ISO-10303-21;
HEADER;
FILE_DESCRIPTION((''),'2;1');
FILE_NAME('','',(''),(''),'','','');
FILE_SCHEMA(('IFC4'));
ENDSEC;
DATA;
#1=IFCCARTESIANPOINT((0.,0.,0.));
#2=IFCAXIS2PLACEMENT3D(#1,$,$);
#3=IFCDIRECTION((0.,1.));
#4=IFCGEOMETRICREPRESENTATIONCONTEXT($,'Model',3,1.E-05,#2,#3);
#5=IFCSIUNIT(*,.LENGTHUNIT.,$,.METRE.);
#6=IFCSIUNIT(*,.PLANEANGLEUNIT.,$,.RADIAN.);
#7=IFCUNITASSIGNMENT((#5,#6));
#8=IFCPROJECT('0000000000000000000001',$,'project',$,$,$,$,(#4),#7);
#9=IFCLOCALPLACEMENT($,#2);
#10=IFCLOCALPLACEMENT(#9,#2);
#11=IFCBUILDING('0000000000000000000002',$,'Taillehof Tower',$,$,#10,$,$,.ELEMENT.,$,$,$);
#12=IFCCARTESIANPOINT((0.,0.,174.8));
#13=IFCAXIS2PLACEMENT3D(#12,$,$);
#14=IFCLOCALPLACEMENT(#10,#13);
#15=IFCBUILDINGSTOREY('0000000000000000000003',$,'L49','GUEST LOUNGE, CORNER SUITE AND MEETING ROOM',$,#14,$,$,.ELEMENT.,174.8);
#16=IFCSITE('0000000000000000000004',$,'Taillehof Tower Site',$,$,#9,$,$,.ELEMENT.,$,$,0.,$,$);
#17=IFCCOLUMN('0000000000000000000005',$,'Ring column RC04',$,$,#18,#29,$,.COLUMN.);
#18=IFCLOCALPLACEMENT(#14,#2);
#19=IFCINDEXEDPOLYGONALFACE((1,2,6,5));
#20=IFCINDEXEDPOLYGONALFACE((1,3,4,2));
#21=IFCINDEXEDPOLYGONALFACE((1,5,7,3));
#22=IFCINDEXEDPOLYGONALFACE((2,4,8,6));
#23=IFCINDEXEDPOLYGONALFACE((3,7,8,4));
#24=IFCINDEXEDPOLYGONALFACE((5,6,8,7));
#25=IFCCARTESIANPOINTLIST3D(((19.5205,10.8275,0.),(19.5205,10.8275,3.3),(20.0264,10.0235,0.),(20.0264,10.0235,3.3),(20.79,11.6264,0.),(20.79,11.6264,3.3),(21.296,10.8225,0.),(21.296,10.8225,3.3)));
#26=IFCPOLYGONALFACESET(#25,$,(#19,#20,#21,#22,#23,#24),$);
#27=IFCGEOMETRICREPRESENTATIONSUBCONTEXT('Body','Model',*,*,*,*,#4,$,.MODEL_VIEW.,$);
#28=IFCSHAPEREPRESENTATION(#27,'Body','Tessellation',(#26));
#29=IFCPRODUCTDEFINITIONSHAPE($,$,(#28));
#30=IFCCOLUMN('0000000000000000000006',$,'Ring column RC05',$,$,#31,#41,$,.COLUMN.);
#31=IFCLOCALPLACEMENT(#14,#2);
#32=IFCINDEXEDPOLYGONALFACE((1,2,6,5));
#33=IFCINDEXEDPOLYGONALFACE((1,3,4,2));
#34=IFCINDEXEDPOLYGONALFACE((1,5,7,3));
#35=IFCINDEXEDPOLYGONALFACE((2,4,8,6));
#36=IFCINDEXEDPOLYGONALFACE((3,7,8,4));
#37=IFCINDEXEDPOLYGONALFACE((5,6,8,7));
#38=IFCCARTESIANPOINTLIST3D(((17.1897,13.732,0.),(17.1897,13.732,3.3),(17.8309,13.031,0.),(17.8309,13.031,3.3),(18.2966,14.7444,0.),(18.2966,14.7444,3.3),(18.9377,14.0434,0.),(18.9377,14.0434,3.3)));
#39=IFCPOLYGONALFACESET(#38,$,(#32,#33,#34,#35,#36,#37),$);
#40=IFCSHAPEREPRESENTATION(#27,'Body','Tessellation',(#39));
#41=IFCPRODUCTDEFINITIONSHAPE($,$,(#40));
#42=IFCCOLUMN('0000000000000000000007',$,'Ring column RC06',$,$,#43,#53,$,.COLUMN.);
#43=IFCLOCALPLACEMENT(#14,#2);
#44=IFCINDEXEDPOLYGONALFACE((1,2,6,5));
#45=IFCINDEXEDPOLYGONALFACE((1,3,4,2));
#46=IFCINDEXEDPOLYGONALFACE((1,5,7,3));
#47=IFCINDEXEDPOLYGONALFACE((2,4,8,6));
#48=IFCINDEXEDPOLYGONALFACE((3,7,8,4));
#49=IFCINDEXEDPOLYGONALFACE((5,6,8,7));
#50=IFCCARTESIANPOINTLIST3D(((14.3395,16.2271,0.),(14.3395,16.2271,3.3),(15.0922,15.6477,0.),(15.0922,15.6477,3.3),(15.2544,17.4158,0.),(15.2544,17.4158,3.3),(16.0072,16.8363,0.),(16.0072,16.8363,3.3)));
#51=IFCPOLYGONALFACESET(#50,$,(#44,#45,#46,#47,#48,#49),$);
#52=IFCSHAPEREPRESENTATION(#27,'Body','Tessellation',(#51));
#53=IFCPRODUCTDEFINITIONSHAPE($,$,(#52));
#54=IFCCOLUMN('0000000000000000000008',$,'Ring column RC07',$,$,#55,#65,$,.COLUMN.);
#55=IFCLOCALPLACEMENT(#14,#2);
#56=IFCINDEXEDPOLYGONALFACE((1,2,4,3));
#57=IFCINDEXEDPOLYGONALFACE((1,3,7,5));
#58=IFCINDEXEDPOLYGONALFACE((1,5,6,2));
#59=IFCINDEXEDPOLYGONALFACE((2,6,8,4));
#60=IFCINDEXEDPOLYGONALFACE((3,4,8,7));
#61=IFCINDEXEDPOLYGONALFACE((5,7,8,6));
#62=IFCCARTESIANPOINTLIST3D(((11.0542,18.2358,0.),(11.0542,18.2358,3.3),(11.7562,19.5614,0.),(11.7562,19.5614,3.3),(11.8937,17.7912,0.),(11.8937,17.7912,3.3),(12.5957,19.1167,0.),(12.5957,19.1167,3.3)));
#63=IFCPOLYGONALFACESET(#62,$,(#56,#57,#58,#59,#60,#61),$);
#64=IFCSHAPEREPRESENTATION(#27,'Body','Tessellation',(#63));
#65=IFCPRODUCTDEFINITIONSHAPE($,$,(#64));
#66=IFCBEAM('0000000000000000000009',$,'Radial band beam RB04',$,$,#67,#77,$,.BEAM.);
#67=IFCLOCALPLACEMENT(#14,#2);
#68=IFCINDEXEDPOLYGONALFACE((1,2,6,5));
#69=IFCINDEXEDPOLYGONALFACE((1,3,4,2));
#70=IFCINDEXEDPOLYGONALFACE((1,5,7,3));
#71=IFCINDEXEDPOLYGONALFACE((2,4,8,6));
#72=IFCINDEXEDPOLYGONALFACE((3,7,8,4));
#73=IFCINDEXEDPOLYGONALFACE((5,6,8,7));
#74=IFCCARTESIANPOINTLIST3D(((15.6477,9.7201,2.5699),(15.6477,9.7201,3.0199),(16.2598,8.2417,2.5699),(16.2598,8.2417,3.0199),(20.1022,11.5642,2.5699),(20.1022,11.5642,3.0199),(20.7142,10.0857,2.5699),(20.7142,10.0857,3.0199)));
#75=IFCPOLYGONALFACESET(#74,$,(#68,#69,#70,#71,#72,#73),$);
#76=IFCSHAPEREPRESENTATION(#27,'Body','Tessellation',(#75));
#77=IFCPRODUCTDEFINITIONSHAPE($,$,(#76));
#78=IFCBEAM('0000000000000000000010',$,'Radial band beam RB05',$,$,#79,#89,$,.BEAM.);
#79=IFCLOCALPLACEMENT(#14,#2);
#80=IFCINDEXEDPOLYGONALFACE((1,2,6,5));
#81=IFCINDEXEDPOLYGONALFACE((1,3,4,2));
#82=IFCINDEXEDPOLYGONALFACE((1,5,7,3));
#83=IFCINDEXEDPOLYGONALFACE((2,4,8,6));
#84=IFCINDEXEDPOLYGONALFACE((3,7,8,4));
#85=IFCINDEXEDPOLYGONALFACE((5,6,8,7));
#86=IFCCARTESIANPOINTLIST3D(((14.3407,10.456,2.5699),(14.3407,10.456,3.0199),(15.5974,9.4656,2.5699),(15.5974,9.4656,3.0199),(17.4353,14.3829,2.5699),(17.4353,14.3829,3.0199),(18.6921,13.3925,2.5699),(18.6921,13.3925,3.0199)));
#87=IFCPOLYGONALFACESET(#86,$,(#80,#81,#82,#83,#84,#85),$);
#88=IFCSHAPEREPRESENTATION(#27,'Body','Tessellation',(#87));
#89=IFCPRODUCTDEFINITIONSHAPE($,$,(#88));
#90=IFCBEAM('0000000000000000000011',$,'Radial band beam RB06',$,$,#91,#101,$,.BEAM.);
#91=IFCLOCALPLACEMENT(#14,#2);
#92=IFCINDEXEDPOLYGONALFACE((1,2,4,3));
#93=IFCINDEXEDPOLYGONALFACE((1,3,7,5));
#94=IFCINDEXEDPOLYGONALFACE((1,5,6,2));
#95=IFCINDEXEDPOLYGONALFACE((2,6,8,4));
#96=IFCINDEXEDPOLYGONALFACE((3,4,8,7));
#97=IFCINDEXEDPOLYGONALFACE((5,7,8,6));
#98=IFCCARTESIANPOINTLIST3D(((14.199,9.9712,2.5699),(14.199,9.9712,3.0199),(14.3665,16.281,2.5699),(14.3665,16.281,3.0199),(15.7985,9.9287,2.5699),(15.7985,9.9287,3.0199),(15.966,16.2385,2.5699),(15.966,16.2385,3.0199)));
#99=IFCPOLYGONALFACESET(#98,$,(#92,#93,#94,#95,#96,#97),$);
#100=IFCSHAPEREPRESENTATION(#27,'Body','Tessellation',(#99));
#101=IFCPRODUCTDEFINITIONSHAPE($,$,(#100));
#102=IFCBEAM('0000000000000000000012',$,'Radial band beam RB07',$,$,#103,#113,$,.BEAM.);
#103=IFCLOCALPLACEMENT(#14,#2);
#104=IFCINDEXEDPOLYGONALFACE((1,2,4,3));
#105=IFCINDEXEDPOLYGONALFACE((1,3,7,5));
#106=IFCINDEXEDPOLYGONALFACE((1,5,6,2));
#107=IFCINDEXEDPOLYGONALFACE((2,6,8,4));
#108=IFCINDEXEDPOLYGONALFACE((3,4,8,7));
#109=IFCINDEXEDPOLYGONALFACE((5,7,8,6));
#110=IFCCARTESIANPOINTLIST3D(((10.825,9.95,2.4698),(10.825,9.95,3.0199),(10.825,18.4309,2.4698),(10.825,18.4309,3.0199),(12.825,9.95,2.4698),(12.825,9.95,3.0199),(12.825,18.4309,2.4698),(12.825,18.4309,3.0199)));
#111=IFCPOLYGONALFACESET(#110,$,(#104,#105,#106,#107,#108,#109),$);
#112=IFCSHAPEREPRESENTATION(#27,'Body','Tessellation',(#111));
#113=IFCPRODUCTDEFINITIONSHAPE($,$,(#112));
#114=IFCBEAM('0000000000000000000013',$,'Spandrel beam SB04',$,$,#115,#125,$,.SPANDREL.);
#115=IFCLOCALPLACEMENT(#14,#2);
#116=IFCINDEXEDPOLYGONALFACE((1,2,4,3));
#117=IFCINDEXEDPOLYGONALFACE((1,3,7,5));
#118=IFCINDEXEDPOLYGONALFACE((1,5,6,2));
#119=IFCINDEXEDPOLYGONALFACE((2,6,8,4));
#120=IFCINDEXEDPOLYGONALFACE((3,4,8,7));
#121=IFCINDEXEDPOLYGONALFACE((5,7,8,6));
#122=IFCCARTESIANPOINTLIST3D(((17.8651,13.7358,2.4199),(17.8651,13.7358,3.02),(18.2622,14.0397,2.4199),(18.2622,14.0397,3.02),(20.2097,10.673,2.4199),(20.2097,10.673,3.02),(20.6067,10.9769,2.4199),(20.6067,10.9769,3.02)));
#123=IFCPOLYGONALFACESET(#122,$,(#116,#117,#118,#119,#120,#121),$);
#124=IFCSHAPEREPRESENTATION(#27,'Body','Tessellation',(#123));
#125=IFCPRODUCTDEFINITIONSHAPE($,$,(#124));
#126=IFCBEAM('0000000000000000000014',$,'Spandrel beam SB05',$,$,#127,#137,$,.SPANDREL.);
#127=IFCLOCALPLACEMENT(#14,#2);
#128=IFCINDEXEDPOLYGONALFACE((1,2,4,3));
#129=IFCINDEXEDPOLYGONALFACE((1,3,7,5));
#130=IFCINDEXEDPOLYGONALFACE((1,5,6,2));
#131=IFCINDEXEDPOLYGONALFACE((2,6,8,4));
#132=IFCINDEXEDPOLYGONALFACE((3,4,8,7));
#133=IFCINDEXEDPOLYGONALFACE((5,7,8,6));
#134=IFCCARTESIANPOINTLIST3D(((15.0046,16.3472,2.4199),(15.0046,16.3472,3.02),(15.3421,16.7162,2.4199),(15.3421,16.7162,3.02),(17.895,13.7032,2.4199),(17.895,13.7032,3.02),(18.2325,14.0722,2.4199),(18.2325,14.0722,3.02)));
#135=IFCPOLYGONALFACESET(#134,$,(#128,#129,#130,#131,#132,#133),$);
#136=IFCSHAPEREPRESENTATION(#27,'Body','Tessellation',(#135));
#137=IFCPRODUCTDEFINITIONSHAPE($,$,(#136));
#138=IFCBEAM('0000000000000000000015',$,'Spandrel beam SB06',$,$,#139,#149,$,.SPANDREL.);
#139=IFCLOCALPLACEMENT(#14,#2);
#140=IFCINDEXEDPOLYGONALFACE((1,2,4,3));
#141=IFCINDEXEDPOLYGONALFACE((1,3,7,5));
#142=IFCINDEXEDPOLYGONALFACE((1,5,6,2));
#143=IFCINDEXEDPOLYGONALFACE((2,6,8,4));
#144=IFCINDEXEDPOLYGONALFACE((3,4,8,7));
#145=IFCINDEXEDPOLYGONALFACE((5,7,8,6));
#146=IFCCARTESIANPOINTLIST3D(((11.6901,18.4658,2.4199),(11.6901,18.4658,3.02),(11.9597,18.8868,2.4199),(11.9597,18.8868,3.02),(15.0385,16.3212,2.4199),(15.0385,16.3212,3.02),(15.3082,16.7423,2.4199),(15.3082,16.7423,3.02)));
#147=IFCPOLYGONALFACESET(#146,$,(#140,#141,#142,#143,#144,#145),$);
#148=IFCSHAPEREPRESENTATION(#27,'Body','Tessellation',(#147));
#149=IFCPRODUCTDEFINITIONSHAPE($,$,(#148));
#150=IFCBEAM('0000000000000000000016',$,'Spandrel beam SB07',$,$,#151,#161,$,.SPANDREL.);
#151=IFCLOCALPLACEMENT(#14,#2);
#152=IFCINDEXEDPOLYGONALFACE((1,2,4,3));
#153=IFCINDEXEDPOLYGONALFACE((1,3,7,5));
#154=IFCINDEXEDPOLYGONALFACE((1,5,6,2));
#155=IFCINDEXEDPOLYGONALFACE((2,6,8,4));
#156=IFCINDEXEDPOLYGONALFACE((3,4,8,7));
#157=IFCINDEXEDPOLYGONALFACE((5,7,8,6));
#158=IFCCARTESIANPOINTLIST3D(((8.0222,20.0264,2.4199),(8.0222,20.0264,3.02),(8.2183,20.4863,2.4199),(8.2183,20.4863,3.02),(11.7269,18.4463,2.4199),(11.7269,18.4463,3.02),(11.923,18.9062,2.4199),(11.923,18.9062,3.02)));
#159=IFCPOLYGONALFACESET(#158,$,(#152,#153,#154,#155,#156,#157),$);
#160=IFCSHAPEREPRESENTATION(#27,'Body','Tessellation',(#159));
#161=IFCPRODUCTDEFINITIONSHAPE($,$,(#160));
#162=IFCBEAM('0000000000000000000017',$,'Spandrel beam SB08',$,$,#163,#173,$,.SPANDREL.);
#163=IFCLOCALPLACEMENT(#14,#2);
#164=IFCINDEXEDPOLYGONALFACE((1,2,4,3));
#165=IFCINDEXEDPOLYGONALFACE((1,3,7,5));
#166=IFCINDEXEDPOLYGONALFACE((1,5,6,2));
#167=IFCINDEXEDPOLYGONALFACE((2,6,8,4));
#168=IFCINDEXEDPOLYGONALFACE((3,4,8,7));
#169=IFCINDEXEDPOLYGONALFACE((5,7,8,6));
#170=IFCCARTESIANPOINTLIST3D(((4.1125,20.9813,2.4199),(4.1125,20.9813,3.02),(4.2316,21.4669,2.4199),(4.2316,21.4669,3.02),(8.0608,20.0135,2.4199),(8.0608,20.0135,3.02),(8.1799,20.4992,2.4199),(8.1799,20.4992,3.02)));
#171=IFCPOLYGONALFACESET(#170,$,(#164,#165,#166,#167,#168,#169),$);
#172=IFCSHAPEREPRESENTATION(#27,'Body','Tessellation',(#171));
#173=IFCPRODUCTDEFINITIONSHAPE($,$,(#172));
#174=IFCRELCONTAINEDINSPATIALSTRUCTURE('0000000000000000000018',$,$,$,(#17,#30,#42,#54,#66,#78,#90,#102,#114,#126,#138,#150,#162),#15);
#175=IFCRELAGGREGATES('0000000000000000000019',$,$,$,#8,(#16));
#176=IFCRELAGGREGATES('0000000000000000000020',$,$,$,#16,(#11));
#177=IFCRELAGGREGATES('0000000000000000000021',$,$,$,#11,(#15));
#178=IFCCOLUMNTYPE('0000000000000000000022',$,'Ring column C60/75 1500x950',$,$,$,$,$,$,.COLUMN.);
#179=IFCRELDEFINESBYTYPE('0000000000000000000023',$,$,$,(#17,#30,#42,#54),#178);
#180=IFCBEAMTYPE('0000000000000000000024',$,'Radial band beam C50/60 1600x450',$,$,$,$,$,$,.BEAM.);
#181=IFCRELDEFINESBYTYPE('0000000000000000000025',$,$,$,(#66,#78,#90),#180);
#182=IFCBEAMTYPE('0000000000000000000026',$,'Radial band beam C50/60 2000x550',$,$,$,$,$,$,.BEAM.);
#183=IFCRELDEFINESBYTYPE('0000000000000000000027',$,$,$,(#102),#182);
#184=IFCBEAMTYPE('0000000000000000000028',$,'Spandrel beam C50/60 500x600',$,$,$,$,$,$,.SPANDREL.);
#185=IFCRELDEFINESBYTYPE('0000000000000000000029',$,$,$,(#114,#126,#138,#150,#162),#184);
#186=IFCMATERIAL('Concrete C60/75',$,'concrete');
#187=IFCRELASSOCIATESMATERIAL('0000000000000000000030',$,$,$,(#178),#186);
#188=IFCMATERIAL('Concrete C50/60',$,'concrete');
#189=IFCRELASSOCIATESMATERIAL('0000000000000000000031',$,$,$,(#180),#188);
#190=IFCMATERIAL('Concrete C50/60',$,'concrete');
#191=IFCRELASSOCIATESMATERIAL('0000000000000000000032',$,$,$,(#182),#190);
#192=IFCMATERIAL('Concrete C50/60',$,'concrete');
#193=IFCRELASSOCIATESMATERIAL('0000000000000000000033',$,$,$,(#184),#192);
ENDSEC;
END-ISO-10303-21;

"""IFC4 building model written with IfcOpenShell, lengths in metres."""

from ifc_helpers import new_model, si_unit, direction, frame, origin, origin_2d, place, context, subcontext, project, spatial, rectangle, extrude, material, material_profile, profile_set, type_object, element, save


model = new_model("IFC4")

# Units and contexts
model_context = context("Model", 3, precision=1e-05, world=origin(), true_north=direction((0.0, 1.0)))
body_context = subcontext(model_context, "Body", "Model", "MODEL_VIEW")
ifc_project = project(units=[si_unit("LENGTHUNIT", "METRE"), si_unit("PLANEANGLEUNIT", "RADIAN")], contexts=[model_context])

# Site, building, storey
site_placement = place(None, origin())
site = spatial("IfcSite", under=ifc_project, at=site_placement, Name="Taillehof Tower Site", CompositionType="ELEMENT", RefElevation=0.0)
building_placement = place(site_placement, origin())
building = spatial("IfcBuilding", under=site, at=building_placement, Name="Taillehof Tower", CompositionType="ELEMENT")
storey_placement = place(building_placement, frame((0.0, 0.0, 174.8)))
storey = spatial("IfcBuildingStorey", under=building, at=storey_placement, Name="L49", Description="GUEST LOUNGE, CORNER SUITE AND MEETING ROOM", CompositionType="ELEMENT", Elevation=174.8)

# Columns
ifc_material_1 = material(Name="Concrete C60/75", Category="concrete")
ifc_material_profile_1 = material_profile(ifc_material_1, rectangle(XDim=1.5, YDim=0.95, at=origin_2d()), Name="RC 1500x950")
ifc_profile_set_1 = profile_set([ifc_material_profile_1], Name="Concrete C60/75")
column_type = type_object("IfcColumnType", Name="Ring column C60/75 1500x950", PredefinedType="COLUMN", material=ifc_profile_set_1)
for number, where, z_axis, x_axis, name in (
    (1, (20.4082, 10.825, 0.0), (0.0, 0.0, 1.0), (0.846334, 0.532652, 0.0), "Ring column RC04"),
    (2, (18.0637, 13.8877, 0.0), (0.0, 0.0, 1.0), (0.737879, 0.674933, 0.0), "Ring column RC05"),
    (3, (15.1733, 16.5317, 0.0), (0.0, 0.0, 1.0), (0.609971, 0.792424, 0.0), "Ring column RC06"),
    (4, (11.825, 18.6763, 0.0), (0.0, 0.0, 1.0), (0.468042, 0.883706, 0.0), "Ring column RC07"),
):
    element("IfcColumn", number, at=place(storey_placement, frame(where, z_axis=z_axis, x_axis=x_axis)), inside=storey, type_object=column_type, Name=name, PredefinedType="COLUMN", context=body_context, shape_type="SweptSolid", body=[
        extrude(rectangle(XDim=1.5, YDim=0.95, at=origin_2d()), origin(), (0.0, 0.0, 1.0), 3.3),
    ])

# Beams
ifc_material_2 = material(Name="Concrete C50/60", Category="concrete")
ifc_material_profile_2 = material_profile(ifc_material_2, rectangle(XDim=1.6001, YDim=0.45, at=origin_2d()), Name="RC 1600x450")
ifc_profile_set_2 = profile_set([ifc_material_profile_2], Name="Concrete C50/60")
beam_type_1 = type_object("IfcBeamType", Name="Radial band beam C50/60 1600x450", PredefinedType="BEAM", material=ifc_profile_set_2)
beam_1_placement = place(storey_placement, frame((20.4082, 10.825, 2.7949), z_axis=(-0.923957, -0.382496, 0.0), x_axis=(0.382496, -0.923957, 0.0)))
element("IfcBeam", 5, at=beam_1_placement, inside=storey, type_object=beam_type_1, Name="Radial band beam RB04", PredefinedType="BEAM", context=body_context, shape_type="SweptSolid", body=[
    extrude(rectangle(XDim=1.6001, YDim=0.45, at=origin_2d()), origin(), (0.0, 0.0, 1.0), 4.821),
])
beam_2_placement = place(storey_placement, frame((18.0637, 13.8877, 2.7949), z_axis=(-0.618962, -0.785421, 0.0), x_axis=(0.785421, -0.618962, 0.0)))
element("IfcBeam", 6, at=beam_2_placement, inside=storey, type_object=beam_type_1, Name="Radial band beam RB05", PredefinedType="BEAM", context=body_context, shape_type="SweptSolid", body=[
    extrude(rectangle(XDim=1.6001, YDim=0.45, at=origin_2d()), origin(), (0.0, 0.0, 1.0), 4.9998),
])
beam_3_placement = place(storey_placement, frame((15.1663, 16.2598, 2.7949), z_axis=(-0.026534, -0.999648, 0.0), x_axis=(0.999648, -0.026534, 0.0)))
element("IfcBeam", 7, at=beam_3_placement, inside=storey, type_object=beam_type_1, Name="Radial band beam RB06", PredefinedType="BEAM", context=body_context, shape_type="SweptSolid", body=[
    extrude(rectangle(XDim=1.6001, YDim=0.45, at=origin_2d()), origin(), (0.0, 0.0, 1.0), 6.312),
])
ifc_material_3 = material(Name="Concrete C50/60", Category="concrete")
ifc_material_profile_3 = material_profile(ifc_material_3, rectangle(XDim=2.0, YDim=0.55, at=origin_2d()), Name="RC 2000x550")
ifc_profile_set_3 = profile_set([ifc_material_profile_3], Name="Concrete C50/60")
beam_type_2 = type_object("IfcBeamType", Name="Radial band beam C50/60 2000x550", PredefinedType="BEAM", material=ifc_profile_set_3)
beam_4_placement = place(storey_placement, frame((11.825, 18.4309, 2.7449), z_axis=(0.0, -1.0, 0.0), x_axis=(1.0, 0.0, 0.0)))
element("IfcBeam", 8, at=beam_4_placement, inside=storey, type_object=beam_type_2, Name="Radial band beam RB07", PredefinedType="BEAM", context=body_context, shape_type="SweptSolid", body=[
    extrude(rectangle(XDim=2.0, YDim=0.55, at=origin_2d()), origin(), (0.0, 0.0, 1.0), 8.481),
])
ifc_material_4 = material(Name="Concrete C50/60", Category="concrete")
ifc_material_profile_4 = material_profile(ifc_material_4, rectangle(XDim=0.5, YDim=0.6001, at=origin_2d()), Name="RC 500x600")
ifc_profile_set_4 = profile_set([ifc_material_profile_4], Name="Concrete C50/60")
beam_type_3 = type_object("IfcBeamType", Name="Spandrel beam C50/60 500x600", PredefinedType="SPANDREL", material=ifc_profile_set_4)
beam_5_placement = place(storey_placement, frame((20.4082, 10.825, 2.72), z_axis=(-0.60784, 0.794059, 0.0), x_axis=(-0.794059, -0.60784, 0.0)))
element("IfcBeam", 9, at=beam_5_placement, inside=storey, type_object=beam_type_3, Name="Spandrel beam SB04", PredefinedType="SPANDREL", context=body_context, shape_type="SweptSolid", body=[
    extrude(rectangle(XDim=0.5, YDim=0.6001, at=origin_2d()), origin(), (0.0, 0.0, 1.0), 3.8572),
])
beam_6_placement = place(storey_placement, frame((18.0637, 13.8877, 2.72), z_axis=(-0.73785, 0.674965, 0.0), x_axis=(-0.674965, -0.73785, 0.0)))
element("IfcBeam", 10, at=beam_6_placement, inside=storey, type_object=beam_type_3, Name="Spandrel beam SB05", PredefinedType="SPANDREL", context=body_context, shape_type="SweptSolid", body=[
    extrude(rectangle(XDim=0.5, YDim=0.6001, at=origin_2d()), origin(), (0.0, 0.0, 1.0), 3.9172),
])
beam_7_placement = place(storey_placement, frame((15.1733, 16.5317, 2.72), z_axis=(-0.842093, 0.539332, 0.0), x_axis=(-0.539332, -0.842093, 0.0)))
element("IfcBeam", 11, at=beam_7_placement, inside=storey, type_object=beam_type_3, Name="Spandrel beam SB06", PredefinedType="SPANDREL", context=body_context, shape_type="SweptSolid", body=[
    extrude(rectangle(XDim=0.5, YDim=0.6001, at=origin_2d()), origin(), (0.0, 0.0, 1.0), 3.9763),
])
beam_8_placement = place(storey_placement, frame((11.825, 18.6763, 2.72), z_axis=(-0.919827, 0.392324, 0.0), x_axis=(-0.392324, -0.919827, 0.0)))
element("IfcBeam", 12, at=beam_8_placement, inside=storey, type_object=beam_type_3, Name="Spandrel beam SB07", PredefinedType="SPANDREL", context=body_context, shape_type="SweptSolid", body=[
    extrude(rectangle(XDim=0.5, YDim=0.6001, at=origin_2d()), origin(), (0.0, 0.0, 1.0), 4.0276),
])
beam_9_placement = place(storey_placement, frame((8.1204, 20.2563, 2.72), z_axis=(-0.971249, 0.238068, 0.0), x_axis=(-0.238068, -0.971249, 0.0)))
element("IfcBeam", 13, at=beam_9_placement, inside=storey, type_object=beam_type_3, Name="Spandrel beam SB08", PredefinedType="SPANDREL", context=body_context, shape_type="SweptSolid", body=[
    extrude(rectangle(XDim=0.5, YDim=0.6001, at=origin_2d()), origin(), (0.0, 0.0, 1.0), 4.0652),
])

save(model, "model.ifc")
